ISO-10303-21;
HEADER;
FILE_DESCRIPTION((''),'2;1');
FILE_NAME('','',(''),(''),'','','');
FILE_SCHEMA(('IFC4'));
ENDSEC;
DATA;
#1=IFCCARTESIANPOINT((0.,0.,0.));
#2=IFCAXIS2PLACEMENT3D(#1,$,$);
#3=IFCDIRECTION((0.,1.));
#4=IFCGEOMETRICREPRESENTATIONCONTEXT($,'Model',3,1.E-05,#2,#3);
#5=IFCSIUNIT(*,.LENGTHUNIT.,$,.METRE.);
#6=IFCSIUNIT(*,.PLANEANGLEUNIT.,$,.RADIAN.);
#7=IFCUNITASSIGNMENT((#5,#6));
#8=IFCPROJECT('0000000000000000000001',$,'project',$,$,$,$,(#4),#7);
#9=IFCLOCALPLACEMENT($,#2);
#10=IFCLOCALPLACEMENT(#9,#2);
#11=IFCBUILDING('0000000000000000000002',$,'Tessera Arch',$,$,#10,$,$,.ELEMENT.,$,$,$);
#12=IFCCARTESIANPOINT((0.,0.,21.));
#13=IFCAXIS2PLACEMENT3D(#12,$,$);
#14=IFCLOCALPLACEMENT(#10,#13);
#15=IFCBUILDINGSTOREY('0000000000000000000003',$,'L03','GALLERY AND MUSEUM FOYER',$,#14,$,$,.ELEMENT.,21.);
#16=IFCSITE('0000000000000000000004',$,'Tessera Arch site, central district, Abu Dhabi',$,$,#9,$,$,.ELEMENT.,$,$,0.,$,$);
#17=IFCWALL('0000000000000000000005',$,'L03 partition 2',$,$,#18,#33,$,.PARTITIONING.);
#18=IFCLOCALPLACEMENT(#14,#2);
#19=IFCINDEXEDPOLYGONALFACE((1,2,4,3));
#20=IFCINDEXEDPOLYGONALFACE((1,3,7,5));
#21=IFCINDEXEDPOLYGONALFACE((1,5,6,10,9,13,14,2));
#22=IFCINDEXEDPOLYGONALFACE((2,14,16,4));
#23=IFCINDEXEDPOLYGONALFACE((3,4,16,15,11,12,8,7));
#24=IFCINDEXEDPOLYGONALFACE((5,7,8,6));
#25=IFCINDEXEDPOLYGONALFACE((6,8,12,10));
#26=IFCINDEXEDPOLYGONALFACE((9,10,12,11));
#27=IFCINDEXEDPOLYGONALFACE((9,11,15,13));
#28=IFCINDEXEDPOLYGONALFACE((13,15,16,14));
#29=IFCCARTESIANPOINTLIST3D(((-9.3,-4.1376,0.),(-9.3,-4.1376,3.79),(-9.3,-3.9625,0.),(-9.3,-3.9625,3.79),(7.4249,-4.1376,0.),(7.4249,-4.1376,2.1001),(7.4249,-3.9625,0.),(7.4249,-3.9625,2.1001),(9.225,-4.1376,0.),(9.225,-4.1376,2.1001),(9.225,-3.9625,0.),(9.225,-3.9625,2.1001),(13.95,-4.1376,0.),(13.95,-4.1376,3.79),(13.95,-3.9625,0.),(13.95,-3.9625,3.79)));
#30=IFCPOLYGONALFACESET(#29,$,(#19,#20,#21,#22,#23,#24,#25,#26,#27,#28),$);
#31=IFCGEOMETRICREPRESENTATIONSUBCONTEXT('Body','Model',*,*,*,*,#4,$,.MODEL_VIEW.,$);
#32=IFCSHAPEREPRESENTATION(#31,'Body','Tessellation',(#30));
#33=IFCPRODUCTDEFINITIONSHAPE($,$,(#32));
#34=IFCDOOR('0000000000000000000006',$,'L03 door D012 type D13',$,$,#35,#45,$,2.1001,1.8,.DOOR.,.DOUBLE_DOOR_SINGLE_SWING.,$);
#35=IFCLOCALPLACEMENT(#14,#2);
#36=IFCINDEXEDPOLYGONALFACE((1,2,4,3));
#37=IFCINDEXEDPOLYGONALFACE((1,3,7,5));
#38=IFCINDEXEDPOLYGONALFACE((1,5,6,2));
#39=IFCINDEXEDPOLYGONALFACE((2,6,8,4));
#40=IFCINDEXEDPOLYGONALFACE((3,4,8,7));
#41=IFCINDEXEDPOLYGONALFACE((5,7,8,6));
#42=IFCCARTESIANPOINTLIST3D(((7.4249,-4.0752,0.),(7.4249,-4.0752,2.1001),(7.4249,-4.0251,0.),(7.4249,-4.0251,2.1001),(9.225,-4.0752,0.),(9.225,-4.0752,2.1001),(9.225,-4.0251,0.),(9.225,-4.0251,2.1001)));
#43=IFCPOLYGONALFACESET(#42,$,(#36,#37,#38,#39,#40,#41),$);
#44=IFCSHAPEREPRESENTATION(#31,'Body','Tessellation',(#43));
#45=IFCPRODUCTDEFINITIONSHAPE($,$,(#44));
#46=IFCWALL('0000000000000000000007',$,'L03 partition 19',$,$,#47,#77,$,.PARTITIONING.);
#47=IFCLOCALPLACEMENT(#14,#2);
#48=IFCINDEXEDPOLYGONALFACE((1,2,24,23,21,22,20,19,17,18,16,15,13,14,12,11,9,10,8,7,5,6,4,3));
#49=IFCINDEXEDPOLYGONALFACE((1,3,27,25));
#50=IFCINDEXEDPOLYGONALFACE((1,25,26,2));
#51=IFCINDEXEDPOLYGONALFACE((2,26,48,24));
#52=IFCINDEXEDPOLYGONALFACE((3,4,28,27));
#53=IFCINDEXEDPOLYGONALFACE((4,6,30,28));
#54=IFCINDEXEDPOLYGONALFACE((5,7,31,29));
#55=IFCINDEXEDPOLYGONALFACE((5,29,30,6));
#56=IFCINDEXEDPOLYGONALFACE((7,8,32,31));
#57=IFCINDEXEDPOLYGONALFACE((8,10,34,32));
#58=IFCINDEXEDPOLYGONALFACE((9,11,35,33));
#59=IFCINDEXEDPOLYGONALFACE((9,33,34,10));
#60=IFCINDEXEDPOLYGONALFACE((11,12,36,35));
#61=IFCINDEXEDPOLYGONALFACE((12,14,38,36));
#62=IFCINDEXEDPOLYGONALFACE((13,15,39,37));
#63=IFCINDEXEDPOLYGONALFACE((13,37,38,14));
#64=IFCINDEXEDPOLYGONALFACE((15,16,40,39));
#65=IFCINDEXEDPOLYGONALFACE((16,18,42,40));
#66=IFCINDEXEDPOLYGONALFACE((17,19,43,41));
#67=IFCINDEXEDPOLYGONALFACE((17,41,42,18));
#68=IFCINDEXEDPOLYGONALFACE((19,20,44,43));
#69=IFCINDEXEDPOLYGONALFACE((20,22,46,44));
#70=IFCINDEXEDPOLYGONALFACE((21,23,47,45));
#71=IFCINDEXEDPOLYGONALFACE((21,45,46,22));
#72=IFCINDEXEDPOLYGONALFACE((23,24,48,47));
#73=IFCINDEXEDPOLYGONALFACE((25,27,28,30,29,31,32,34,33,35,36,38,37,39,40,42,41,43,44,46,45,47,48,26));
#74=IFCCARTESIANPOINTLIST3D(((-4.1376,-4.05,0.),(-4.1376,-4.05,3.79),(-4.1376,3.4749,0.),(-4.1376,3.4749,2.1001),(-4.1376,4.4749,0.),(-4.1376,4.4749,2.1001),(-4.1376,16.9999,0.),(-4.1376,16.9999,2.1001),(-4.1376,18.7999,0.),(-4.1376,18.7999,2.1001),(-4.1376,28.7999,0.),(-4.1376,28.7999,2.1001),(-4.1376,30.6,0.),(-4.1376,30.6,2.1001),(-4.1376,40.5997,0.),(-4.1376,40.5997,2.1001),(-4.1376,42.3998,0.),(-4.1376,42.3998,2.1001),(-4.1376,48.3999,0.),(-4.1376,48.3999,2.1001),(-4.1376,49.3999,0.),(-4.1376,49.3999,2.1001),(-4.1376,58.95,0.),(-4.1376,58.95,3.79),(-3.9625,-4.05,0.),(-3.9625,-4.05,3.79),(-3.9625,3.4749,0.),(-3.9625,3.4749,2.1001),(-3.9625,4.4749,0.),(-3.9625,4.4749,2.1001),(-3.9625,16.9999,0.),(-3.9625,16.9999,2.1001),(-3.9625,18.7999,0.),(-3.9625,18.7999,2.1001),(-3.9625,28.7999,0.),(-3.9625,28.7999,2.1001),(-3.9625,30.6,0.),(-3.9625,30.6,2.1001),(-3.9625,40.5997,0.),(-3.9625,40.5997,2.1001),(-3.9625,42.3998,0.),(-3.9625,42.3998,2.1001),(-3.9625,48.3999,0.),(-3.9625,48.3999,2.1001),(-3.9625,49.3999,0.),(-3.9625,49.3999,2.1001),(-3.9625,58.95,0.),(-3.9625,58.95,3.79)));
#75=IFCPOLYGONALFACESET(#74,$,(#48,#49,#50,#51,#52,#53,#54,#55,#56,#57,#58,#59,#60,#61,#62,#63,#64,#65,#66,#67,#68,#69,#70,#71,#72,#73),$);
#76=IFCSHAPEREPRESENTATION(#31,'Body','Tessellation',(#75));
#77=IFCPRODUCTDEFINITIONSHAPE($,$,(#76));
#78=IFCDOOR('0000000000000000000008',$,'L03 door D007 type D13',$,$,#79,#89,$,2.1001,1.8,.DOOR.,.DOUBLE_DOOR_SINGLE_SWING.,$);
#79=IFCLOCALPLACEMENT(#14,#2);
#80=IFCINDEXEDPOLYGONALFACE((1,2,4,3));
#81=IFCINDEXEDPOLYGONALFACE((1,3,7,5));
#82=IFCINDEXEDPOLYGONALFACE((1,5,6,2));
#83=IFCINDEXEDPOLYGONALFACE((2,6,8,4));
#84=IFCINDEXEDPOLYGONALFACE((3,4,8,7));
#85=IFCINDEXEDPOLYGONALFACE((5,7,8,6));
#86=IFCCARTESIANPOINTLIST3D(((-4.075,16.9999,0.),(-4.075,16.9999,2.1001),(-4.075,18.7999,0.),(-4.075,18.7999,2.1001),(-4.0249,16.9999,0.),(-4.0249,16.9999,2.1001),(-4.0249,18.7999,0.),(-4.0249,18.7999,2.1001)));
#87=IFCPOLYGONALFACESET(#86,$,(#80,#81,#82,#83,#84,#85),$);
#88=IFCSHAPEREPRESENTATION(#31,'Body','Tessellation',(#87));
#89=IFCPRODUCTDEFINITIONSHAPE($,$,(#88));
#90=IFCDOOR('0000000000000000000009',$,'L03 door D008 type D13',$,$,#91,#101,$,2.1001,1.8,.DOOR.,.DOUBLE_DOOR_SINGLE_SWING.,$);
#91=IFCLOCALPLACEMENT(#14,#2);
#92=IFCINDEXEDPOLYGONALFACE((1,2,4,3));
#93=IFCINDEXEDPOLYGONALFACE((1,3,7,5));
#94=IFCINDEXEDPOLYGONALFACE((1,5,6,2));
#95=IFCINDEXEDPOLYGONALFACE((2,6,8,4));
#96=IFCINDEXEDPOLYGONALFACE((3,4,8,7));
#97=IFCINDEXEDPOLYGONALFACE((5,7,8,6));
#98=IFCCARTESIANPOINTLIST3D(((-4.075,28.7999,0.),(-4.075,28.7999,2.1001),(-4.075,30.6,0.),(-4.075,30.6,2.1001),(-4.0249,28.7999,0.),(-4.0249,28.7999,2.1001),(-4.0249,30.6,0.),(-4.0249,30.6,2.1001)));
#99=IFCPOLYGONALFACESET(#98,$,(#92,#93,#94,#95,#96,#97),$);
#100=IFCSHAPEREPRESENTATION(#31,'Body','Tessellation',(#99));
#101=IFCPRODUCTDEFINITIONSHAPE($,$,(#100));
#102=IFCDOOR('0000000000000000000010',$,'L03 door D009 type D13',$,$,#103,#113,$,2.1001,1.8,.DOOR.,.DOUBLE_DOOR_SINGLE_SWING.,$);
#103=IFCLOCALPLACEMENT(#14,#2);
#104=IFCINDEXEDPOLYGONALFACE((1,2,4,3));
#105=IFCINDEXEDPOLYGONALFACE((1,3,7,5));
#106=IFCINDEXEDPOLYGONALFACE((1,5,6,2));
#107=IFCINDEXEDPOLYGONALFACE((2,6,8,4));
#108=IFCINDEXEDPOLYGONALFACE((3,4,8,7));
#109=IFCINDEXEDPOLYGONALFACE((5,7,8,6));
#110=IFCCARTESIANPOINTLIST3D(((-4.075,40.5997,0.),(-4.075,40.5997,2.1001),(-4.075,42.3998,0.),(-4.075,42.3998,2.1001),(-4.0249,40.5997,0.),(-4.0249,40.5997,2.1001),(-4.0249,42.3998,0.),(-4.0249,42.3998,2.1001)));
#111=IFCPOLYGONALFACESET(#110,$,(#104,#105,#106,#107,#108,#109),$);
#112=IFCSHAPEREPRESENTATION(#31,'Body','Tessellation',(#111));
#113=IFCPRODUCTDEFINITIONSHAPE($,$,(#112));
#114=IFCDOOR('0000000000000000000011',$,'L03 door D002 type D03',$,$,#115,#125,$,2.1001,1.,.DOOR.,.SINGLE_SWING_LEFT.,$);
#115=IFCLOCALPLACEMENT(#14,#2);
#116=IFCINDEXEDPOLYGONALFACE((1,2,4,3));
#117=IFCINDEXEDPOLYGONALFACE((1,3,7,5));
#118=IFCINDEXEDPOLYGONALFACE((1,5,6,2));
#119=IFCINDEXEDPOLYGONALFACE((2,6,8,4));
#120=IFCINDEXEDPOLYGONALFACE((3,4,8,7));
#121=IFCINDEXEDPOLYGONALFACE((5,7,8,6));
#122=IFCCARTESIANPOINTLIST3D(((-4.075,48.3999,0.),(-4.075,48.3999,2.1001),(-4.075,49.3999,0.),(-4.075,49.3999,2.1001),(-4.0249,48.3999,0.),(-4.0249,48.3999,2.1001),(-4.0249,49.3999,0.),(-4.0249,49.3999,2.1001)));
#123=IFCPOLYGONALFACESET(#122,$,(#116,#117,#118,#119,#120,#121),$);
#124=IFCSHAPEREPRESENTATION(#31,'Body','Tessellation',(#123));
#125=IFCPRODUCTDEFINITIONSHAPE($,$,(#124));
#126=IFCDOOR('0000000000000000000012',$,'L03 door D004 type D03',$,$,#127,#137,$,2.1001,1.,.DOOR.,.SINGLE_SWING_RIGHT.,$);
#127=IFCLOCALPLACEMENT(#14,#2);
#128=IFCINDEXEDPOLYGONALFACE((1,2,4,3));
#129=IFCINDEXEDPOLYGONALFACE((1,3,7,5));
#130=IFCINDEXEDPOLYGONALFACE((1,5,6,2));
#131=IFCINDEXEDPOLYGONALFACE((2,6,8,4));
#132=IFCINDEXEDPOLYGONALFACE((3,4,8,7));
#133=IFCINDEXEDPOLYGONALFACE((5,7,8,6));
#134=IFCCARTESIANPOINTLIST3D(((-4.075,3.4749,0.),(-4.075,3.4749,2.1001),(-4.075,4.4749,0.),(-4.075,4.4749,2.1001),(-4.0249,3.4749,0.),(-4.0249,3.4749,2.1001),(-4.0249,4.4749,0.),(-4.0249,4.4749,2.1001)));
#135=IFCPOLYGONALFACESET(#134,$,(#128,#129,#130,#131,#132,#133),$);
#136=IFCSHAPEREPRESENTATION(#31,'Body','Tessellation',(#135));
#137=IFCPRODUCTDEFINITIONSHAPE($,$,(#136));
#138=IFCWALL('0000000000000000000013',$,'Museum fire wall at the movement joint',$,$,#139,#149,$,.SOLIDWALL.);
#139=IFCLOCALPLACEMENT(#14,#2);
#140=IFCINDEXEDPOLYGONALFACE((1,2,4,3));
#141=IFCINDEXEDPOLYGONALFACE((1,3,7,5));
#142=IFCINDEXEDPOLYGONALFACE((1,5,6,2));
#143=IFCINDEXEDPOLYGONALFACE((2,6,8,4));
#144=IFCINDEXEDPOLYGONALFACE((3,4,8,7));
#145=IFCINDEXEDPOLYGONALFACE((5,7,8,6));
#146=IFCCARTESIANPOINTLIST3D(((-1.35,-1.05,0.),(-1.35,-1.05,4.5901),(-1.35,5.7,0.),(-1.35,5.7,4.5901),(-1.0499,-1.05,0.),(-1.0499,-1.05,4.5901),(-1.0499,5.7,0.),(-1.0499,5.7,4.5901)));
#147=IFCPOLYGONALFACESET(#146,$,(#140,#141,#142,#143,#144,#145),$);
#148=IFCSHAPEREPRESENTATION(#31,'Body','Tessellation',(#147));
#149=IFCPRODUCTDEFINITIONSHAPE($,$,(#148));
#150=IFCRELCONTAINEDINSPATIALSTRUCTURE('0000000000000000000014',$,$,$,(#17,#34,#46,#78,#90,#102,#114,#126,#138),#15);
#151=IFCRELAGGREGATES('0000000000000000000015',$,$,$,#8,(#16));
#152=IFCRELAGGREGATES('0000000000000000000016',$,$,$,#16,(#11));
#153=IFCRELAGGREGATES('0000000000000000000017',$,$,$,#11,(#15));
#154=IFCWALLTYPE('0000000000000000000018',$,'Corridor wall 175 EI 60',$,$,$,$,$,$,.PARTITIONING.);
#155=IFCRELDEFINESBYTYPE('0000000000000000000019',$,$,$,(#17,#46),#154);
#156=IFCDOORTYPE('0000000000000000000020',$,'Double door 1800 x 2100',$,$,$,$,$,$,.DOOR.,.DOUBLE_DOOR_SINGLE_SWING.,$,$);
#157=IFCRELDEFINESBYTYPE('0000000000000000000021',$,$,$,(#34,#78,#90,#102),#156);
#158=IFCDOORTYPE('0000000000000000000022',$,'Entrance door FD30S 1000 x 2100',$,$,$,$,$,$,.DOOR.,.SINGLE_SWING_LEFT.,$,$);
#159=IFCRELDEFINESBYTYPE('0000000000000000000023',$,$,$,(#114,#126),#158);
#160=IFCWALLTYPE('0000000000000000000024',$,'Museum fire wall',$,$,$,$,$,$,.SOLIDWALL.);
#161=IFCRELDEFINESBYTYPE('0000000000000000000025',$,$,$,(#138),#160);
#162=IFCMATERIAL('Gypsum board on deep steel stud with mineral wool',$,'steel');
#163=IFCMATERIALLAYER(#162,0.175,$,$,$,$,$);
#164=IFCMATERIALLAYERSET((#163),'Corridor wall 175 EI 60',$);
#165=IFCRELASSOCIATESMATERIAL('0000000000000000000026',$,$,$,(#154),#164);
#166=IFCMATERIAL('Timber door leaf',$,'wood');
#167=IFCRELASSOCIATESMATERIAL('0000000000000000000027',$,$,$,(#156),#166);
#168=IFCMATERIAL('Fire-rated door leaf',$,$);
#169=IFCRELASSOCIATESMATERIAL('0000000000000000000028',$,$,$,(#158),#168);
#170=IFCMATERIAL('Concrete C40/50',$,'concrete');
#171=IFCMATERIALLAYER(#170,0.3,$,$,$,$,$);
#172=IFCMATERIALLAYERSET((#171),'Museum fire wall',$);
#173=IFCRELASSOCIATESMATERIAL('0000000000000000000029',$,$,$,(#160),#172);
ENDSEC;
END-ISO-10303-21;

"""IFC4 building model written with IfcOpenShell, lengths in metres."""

from ifc_helpers import new_model, si_unit, direction, frame, frame_2d, origin, place, context, subcontext, project, spatial, rectangle, extrude, material, layer, layer_set, type_object, element, fill, save


model = new_model("IFC4")

# Units and contexts
model_context = context("Model", 3, precision=1e-05, world=origin(), true_north=direction((0.0, 1.0)))
body_context = subcontext(model_context, "Body", "Model", "MODEL_VIEW")
ifc_project = project(units=[si_unit("LENGTHUNIT", "METRE"), si_unit("PLANEANGLEUNIT", "RADIAN")], contexts=[model_context])

# Site, building, storey
site_placement = place(None, origin())
site = spatial("IfcSite", under=ifc_project, at=site_placement, Name="Tessera Arch site, central district, Abu Dhabi", CompositionType="ELEMENT", RefElevation=0.0)
building_placement = place(site_placement, origin())
building = spatial("IfcBuilding", under=site, at=building_placement, Name="Tessera Arch", CompositionType="ELEMENT")
storey_placement = place(building_placement, frame((0.0, 0.0, 21.0)))
storey = spatial("IfcBuildingStorey", under=building, at=storey_placement, Name="L03", Description="GALLERY AND MUSEUM FOYER", CompositionType="ELEMENT", Elevation=21.0)

# Wall, opening, door
ifc_material_1 = material(Name="Gypsum board on deep steel stud with mineral wool", Category="steel")
ifc_layer_1 = layer(ifc_material_1, 0.175)
ifc_layer_set_1 = layer_set([ifc_layer_1], Name="Corridor wall 175 EI 60")
wall_type_1 = type_object("IfcWallType", Name="Corridor wall 175 EI 60", PredefinedType="PARTITIONING", material=ifc_layer_set_1)
wall_1_placement = place(storey_placement, frame((-9.3, -4.05, 0.0), z_axis=(0.0, 0.0, 1.0), x_axis=(1.0, 0.0, 0.0)))
wall_1 = element("IfcWall", 1, at=wall_1_placement, inside=storey, type_object=wall_type_1, Name="L03 partition 2", PredefinedType="PARTITIONING", context=body_context, shape_type="SweptSolid", body=[
    extrude(rectangle(XDim=23.25, YDim=0.175, at=frame_2d((11.625, 0.0))), origin(), (0.0, 0.0, 1.0), 3.79),
])
opening_1_placement = place(wall_1_placement, frame((16.7251, 0.0, 0.0)))
opening_1 = element("IfcOpeningElement", 2, at=opening_1_placement, cuts=wall_1, PredefinedType="OPENING", context=body_context, shape_type="SweptSolid", body=[
    extrude(rectangle(XDim=1.8, YDim=2.1001, at=frame_2d((0.8999, 1.05))), frame((0.0, 0.0974, 0.0), z_axis=(0.0, -1.0, 0.0), x_axis=(1.0, 0.0, 0.0)), (0.0, 0.0, 1.0), 0.1951),
])
ifc_material_2 = material(Name="Timber door leaf", Category="wood")
door_type_1 = type_object("IfcDoorType", Name="Double door 1800 x 2100", OperationType="DOUBLE_DOOR_SINGLE_SWING", PredefinedType="DOOR", material=ifc_material_2)
door_1_placement = place(opening_1_placement, origin())
door_1 = element("IfcDoor", 3, at=door_1_placement, inside=storey, type_object=door_type_1, Name="L03 door D012 type D13", OperationType="DOUBLE_DOOR_SINGLE_SWING", OverallHeight=2.1001, OverallWidth=1.8, PredefinedType="DOOR", context=body_context, shape_type="SweptSolid", body=[
    extrude(rectangle(XDim=1.8, YDim=2.1001, at=frame_2d((0.8999, 1.05))), frame((0.0, 0.0249, 0.0), z_axis=(0.0, -1.0, 0.0), x_axis=(1.0, 0.0, 0.0)), (0.0, 0.0, 1.0), 0.05),
])
fill(opening_1, door_1)

# Wall, openings, doors
wall_2_placement = place(storey_placement, frame((-4.05, -4.05, 0.0), z_axis=(0.0, 0.0, 1.0), x_axis=(0.0, 1.0, 0.0)))
wall_2 = element("IfcWall", 4, at=wall_2_placement, inside=storey, type_object=wall_type_1, Name="L03 partition 19", PredefinedType="PARTITIONING", context=body_context, shape_type="SweptSolid", body=[
    extrude(rectangle(XDim=63.0, YDim=0.175, at=frame_2d((31.5, 0.0))), origin(), (0.0, 0.0, 1.0), 3.79),
])
opening_2_placement = place(wall_2_placement, frame((52.45, 0.0, 0.0)))
opening_2 = element("IfcOpeningElement", 5, at=opening_2_placement, cuts=wall_2, PredefinedType="OPENING", context=body_context, shape_type="SweptSolid", body=[
    extrude(rectangle(XDim=1.0, YDim=2.1001, at=frame_2d((0.5, 1.05))), frame((0.0, 0.0974, 0.0), z_axis=(0.0, -1.0, 0.0), x_axis=(1.0, 0.0, 0.0)), (0.0, 0.0, 1.0), 0.1951),
])
opening_3_placement = place(wall_2_placement, frame((7.5249, 0.0, 0.0)))
opening_3 = element("IfcOpeningElement", 6, at=opening_3_placement, cuts=wall_2, PredefinedType="OPENING", context=body_context, shape_type="SweptSolid", body=[
    extrude(rectangle(XDim=1.0, YDim=2.1001, at=frame_2d((0.5, 1.05))), frame((0.0, 0.0974, 0.0), z_axis=(0.0, -1.0, 0.0), x_axis=(1.0, 0.0, 0.0)), (0.0, 0.0, 1.0), 0.1951),
])
opening_4_placement = place(wall_2_placement, frame((21.05, 0.0, 0.0)))
opening_4 = element("IfcOpeningElement", 7, at=opening_4_placement, cuts=wall_2, PredefinedType="OPENING", context=body_context, shape_type="SweptSolid", body=[
    extrude(rectangle(XDim=1.8, YDim=2.1001, at=frame_2d((0.8999, 1.05))), frame((0.0, 0.0974, 0.0), z_axis=(0.0, -1.0, 0.0), x_axis=(1.0, 0.0, 0.0)), (0.0, 0.0, 1.0), 0.1951),
])
opening_5_placement = place(wall_2_placement, frame((32.8501, 0.0, 0.0)))
opening_5 = element("IfcOpeningElement", 8, at=opening_5_placement, cuts=wall_2, PredefinedType="OPENING", context=body_context, shape_type="SweptSolid", body=[
    extrude(rectangle(XDim=1.8, YDim=2.1001, at=frame_2d((0.8999, 1.05))), frame((0.0, 0.0974, 0.0), z_axis=(0.0, -1.0, 0.0), x_axis=(1.0, 0.0, 0.0)), (0.0, 0.0, 1.0), 0.1951),
])
opening_6_placement = place(wall_2_placement, frame((44.6499, 0.0, 0.0)))
opening_6 = element("IfcOpeningElement", 9, at=opening_6_placement, cuts=wall_2, PredefinedType="OPENING", context=body_context, shape_type="SweptSolid", body=[
    extrude(rectangle(XDim=1.8, YDim=2.1001, at=frame_2d((0.8999, 1.05))), frame((0.0, 0.0974, 0.0), z_axis=(0.0, -1.0, 0.0), x_axis=(1.0, 0.0, 0.0)), (0.0, 0.0, 1.0), 0.1951),
])
door_2_placement = place(opening_4_placement, origin())
door_2 = element("IfcDoor", 10, at=door_2_placement, inside=storey, type_object=door_type_1, Name="L03 door D007 type D13", OperationType="DOUBLE_DOOR_SINGLE_SWING", OverallHeight=2.1001, OverallWidth=1.8, PredefinedType="DOOR", context=body_context, shape_type="SweptSolid", body=[
    extrude(rectangle(XDim=1.8, YDim=2.1001, at=frame_2d((0.8999, 1.05))), frame((0.0, 0.0249, 0.0), z_axis=(0.0, -1.0, 0.0), x_axis=(1.0, 0.0, 0.0)), (0.0, 0.0, 1.0), 0.05),
])
fill(opening_4, door_2)
door_3_placement = place(opening_5_placement, origin())
door_3 = element("IfcDoor", 11, at=door_3_placement, inside=storey, type_object=door_type_1, Name="L03 door D008 type D13", OperationType="DOUBLE_DOOR_SINGLE_SWING", OverallHeight=2.1001, OverallWidth=1.8, PredefinedType="DOOR", context=body_context, shape_type="SweptSolid", body=[
    extrude(rectangle(XDim=1.8, YDim=2.1001, at=frame_2d((0.8999, 1.05))), frame((0.0, 0.0249, 0.0), z_axis=(0.0, -1.0, 0.0), x_axis=(1.0, 0.0, 0.0)), (0.0, 0.0, 1.0), 0.05),
])
fill(opening_5, door_3)
door_4_placement = place(opening_6_placement, origin())
door_4 = element("IfcDoor", 12, at=door_4_placement, inside=storey, type_object=door_type_1, Name="L03 door D009 type D13", OperationType="DOUBLE_DOOR_SINGLE_SWING", OverallHeight=2.1001, OverallWidth=1.8, PredefinedType="DOOR", context=body_context, shape_type="SweptSolid", body=[
    extrude(rectangle(XDim=1.8, YDim=2.1001, at=frame_2d((0.8999, 1.05))), frame((0.0, 0.0249, 0.0), z_axis=(0.0, -1.0, 0.0), x_axis=(1.0, 0.0, 0.0)), (0.0, 0.0, 1.0), 0.05),
])
fill(opening_6, door_4)
ifc_material_3 = material(Name="Fire-rated door leaf")
door_type_2 = type_object("IfcDoorType", Name="Entrance door FD30S 1000 x 2100", OperationType="SINGLE_SWING_LEFT", PredefinedType="DOOR", material=ifc_material_3)
door_5_placement = place(opening_2_placement, origin())
door_5 = element("IfcDoor", 13, at=door_5_placement, inside=storey, type_object=door_type_2, Name="L03 door D002 type D03", OperationType="SINGLE_SWING_LEFT", OverallHeight=2.1001, OverallWidth=1.0, PredefinedType="DOOR", context=body_context, shape_type="SweptSolid", body=[
    extrude(rectangle(XDim=1.0, YDim=2.1001, at=frame_2d((0.5, 1.05))), frame((0.0, 0.0249, 0.0), z_axis=(0.0, -1.0, 0.0), x_axis=(1.0, 0.0, 0.0)), (0.0, 0.0, 1.0), 0.05),
])
fill(opening_2, door_5)
door_6_placement = place(opening_3_placement, origin())
door_6 = element("IfcDoor", 14, at=door_6_placement, inside=storey, type_object=door_type_2, Name="L03 door D004 type D03", OperationType="SINGLE_SWING_RIGHT", OverallHeight=2.1001, OverallWidth=1.0, PredefinedType="DOOR", context=body_context, shape_type="SweptSolid", body=[
    extrude(rectangle(XDim=1.0, YDim=2.1001, at=frame_2d((0.5, 1.05))), frame((0.0, 0.0249, 0.0), z_axis=(0.0, -1.0, 0.0), x_axis=(1.0, 0.0, 0.0)), (0.0, 0.0, 1.0), 0.05),
])
fill(opening_3, door_6)

# Wall
ifc_material_4 = material(Name="Concrete C40/50", Category="concrete")
ifc_layer_2 = layer(ifc_material_4, 0.3)
ifc_layer_set_2 = layer_set([ifc_layer_2], Name="Museum fire wall")
wall_type_2 = type_object("IfcWallType", Name="Museum fire wall", PredefinedType="SOLIDWALL", material=ifc_layer_set_2)
wall_3_placement = place(storey_placement, frame((-1.2, -1.05, 0.0), z_axis=(0.0, 0.0, 1.0), x_axis=(0.0, 1.0, 0.0)))
element("IfcWall", 15, at=wall_3_placement, inside=storey, type_object=wall_type_2, Name="Museum fire wall at the movement joint", PredefinedType="SOLIDWALL", context=body_context, shape_type="SweptSolid", body=[
    extrude(rectangle(XDim=6.75, YDim=0.3, at=frame_2d((3.375, 0.0))), origin(), (0.0, 0.0, 1.0), 4.5901),
])

save(model, "model.ifc")
